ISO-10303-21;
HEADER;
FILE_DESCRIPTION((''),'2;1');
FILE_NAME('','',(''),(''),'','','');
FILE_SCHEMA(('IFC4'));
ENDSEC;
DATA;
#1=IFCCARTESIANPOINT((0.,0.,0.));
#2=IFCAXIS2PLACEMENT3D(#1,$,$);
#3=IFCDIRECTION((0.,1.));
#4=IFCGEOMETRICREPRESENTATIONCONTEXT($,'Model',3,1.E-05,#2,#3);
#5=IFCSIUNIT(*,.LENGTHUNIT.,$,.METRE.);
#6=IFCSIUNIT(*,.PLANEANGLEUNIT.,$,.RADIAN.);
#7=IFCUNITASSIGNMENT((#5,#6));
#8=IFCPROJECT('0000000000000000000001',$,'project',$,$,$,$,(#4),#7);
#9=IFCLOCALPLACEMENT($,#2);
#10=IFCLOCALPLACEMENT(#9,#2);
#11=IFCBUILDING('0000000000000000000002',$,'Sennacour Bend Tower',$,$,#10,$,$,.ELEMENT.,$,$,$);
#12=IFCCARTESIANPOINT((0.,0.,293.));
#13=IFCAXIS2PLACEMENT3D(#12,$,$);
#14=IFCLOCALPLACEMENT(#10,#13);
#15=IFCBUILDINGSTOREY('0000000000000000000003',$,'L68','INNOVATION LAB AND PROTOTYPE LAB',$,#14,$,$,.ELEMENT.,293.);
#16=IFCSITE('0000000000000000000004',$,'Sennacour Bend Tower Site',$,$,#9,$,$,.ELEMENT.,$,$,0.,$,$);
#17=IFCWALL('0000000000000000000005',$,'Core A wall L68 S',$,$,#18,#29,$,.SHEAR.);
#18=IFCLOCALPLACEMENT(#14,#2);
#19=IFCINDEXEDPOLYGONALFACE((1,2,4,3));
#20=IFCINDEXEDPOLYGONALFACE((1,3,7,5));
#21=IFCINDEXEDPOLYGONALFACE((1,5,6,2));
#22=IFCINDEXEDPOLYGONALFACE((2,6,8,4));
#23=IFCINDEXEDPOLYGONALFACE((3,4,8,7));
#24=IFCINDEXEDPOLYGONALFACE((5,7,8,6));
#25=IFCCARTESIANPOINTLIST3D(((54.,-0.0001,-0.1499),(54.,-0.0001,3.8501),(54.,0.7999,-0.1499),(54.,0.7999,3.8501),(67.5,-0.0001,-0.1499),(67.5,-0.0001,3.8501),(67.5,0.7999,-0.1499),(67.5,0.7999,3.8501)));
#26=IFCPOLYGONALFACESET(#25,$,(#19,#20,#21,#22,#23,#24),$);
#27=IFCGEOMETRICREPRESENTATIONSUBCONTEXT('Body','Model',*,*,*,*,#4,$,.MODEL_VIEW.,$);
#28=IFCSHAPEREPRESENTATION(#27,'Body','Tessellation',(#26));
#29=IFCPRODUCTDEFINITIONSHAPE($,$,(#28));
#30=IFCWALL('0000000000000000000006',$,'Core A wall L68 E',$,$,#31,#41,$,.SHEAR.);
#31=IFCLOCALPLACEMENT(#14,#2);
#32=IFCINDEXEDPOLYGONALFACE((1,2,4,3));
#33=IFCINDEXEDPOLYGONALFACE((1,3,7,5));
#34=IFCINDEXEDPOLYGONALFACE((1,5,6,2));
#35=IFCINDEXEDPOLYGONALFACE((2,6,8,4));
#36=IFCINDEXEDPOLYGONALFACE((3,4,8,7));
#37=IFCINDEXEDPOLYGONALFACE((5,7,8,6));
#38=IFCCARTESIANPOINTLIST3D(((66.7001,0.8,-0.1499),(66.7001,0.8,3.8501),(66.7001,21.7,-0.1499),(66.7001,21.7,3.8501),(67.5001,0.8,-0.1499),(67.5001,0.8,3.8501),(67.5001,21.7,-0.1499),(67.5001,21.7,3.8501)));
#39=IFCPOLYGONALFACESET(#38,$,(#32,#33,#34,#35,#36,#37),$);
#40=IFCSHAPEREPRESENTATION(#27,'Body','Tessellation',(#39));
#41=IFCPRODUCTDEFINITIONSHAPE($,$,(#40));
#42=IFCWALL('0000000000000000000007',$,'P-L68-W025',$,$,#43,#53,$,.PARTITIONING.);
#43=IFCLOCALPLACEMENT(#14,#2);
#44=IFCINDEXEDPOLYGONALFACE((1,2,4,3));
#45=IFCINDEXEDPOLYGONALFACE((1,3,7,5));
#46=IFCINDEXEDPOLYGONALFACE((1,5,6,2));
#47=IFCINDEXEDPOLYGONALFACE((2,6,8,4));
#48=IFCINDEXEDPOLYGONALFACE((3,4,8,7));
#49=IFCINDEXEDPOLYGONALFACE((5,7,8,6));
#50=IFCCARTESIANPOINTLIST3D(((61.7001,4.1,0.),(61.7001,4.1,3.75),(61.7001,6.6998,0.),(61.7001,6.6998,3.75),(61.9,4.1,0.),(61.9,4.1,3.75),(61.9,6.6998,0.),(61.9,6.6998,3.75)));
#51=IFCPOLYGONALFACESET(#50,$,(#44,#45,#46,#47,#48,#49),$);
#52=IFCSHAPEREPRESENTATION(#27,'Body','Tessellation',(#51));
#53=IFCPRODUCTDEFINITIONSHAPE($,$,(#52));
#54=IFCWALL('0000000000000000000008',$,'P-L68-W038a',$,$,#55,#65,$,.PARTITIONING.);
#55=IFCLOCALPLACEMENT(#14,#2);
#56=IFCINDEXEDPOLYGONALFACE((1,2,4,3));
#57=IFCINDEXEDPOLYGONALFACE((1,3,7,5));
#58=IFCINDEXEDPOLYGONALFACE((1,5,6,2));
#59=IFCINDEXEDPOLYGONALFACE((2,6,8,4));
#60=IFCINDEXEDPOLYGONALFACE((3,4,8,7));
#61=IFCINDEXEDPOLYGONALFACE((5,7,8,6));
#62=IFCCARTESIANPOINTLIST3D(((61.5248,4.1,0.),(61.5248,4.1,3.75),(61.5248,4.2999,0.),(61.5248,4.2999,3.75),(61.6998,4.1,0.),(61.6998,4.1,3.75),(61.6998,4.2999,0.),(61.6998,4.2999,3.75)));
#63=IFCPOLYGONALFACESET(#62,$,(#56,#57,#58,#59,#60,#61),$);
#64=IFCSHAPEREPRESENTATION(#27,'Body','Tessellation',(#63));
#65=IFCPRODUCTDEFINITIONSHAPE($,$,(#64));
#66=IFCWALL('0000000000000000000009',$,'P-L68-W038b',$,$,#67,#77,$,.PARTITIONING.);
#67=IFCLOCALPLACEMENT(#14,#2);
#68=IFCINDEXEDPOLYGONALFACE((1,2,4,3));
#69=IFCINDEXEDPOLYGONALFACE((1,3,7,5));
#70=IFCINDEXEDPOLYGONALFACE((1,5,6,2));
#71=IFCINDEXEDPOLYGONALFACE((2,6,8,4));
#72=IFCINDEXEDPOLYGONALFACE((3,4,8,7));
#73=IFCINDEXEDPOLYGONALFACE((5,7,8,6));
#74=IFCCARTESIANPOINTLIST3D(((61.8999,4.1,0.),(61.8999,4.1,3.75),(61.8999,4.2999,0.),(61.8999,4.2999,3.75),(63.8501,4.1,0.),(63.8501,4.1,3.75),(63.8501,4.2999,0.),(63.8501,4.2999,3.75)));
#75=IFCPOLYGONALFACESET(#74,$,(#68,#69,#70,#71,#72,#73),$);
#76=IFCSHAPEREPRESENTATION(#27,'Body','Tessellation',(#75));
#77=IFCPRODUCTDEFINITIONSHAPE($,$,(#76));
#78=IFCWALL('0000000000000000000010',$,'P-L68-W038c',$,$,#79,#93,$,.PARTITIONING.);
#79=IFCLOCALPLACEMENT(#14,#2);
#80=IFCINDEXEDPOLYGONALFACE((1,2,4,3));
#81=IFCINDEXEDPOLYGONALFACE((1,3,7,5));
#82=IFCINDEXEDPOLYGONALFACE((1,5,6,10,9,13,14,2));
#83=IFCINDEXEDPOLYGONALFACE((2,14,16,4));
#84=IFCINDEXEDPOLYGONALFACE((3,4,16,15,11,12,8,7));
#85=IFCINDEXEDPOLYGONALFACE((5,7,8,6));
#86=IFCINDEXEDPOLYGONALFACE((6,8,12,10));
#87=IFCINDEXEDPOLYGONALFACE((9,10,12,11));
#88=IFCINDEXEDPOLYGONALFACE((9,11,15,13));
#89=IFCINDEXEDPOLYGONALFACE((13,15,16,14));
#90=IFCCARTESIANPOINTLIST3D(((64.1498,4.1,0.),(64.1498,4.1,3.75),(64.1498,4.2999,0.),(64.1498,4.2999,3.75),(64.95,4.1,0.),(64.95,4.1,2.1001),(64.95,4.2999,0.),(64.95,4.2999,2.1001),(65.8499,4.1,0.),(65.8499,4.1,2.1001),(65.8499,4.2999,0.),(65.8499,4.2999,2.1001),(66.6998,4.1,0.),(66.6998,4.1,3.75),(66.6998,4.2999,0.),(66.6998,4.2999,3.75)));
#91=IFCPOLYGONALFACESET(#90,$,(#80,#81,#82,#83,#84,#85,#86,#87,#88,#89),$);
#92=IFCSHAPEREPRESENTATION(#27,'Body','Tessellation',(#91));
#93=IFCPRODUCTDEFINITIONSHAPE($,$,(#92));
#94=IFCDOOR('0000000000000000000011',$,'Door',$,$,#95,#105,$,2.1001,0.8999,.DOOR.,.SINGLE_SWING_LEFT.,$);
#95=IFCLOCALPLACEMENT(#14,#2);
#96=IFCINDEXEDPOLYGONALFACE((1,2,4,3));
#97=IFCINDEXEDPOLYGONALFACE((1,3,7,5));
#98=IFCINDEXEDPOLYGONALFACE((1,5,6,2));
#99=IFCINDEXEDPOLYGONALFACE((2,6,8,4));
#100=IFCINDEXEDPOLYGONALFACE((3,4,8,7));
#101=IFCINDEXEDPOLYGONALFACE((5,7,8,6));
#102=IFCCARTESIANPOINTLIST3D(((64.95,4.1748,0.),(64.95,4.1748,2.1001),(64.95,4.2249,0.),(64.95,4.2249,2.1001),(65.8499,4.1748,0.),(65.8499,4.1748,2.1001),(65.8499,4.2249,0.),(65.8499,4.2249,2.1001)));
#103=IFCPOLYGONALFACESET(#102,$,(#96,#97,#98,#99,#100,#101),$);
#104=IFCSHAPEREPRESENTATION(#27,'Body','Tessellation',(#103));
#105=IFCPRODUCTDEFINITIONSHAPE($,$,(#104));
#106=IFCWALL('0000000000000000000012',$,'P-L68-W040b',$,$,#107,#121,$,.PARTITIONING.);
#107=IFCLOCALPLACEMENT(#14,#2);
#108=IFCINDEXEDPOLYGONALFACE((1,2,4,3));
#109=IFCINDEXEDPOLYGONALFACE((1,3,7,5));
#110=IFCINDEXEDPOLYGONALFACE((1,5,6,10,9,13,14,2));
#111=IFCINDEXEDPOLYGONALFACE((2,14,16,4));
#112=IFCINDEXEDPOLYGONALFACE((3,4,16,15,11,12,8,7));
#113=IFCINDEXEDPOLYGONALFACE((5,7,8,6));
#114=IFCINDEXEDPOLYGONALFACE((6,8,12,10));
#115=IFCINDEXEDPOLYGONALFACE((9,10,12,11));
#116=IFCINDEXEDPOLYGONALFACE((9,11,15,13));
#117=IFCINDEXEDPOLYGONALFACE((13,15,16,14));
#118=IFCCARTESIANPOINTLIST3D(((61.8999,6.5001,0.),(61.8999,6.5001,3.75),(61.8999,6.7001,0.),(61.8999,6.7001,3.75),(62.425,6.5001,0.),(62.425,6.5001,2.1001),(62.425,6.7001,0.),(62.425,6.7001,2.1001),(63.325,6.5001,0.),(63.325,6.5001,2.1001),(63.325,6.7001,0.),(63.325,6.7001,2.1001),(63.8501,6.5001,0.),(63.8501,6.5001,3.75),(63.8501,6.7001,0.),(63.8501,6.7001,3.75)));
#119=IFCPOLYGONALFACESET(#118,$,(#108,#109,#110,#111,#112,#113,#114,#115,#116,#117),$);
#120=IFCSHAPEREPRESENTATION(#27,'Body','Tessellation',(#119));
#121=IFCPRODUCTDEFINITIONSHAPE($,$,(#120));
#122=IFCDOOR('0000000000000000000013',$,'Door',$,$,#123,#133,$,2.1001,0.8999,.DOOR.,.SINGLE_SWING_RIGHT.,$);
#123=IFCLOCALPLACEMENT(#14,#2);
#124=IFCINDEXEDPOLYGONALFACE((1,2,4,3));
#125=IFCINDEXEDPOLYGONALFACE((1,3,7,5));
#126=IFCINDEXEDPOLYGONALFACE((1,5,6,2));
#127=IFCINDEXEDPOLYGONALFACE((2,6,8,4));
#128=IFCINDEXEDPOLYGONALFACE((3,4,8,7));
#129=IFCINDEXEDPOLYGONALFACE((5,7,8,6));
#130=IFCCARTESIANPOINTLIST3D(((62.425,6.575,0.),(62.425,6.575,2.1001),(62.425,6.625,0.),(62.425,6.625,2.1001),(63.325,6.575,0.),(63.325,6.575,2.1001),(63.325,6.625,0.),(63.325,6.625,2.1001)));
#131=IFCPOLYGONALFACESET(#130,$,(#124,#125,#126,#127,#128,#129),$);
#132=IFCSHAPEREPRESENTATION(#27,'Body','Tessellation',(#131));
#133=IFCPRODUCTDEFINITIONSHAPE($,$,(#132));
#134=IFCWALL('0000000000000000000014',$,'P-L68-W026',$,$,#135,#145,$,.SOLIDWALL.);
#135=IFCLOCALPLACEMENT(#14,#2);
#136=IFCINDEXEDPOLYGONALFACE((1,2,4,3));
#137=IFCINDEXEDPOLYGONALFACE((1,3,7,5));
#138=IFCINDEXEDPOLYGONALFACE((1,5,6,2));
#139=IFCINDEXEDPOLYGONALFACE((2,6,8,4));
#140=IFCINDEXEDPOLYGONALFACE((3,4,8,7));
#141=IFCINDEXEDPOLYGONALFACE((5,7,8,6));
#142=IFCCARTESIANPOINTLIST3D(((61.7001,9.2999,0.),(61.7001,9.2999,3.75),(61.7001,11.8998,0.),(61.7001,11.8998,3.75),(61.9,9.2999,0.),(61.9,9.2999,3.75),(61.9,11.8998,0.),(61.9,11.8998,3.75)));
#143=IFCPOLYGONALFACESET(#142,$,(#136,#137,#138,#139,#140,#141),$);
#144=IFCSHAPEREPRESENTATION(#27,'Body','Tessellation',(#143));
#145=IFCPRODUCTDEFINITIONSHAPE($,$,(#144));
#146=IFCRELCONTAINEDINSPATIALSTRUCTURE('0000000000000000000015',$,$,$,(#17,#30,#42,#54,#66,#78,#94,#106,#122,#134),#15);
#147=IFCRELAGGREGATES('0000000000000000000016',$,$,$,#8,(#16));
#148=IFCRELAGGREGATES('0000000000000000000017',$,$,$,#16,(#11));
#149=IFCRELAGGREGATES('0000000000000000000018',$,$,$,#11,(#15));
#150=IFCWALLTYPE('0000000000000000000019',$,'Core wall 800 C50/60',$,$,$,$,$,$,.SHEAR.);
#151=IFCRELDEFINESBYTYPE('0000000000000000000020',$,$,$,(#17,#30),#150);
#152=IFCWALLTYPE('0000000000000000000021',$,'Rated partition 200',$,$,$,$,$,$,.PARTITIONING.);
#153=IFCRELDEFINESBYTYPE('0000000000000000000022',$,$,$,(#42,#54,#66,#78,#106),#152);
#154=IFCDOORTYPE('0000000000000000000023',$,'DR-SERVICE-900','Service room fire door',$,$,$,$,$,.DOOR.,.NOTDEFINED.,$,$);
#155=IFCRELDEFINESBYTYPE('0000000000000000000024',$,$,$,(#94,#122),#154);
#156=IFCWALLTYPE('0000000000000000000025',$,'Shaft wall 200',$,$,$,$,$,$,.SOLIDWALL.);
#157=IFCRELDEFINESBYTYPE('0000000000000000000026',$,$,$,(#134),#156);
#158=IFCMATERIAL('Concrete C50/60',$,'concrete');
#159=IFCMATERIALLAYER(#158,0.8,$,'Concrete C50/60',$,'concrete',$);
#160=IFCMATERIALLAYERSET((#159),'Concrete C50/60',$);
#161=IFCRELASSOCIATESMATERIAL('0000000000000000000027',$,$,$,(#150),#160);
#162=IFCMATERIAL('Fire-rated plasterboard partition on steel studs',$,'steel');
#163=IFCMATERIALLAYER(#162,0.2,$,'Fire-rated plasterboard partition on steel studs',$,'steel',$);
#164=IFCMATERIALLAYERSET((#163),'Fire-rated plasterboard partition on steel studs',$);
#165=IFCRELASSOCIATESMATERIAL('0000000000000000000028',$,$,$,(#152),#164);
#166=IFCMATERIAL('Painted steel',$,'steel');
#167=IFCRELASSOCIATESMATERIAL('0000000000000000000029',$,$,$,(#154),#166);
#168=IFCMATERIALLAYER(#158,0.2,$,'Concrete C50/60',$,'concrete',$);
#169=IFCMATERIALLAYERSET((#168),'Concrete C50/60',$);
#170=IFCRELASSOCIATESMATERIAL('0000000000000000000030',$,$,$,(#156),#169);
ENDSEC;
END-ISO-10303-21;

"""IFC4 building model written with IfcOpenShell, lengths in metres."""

from ifc_helpers import new_model, si_unit, direction, frame, frame_2d, origin, place, context, subcontext, project, spatial, rectangle, extrude, material, layer, layer_set, type_object, element, fill, save


model = new_model("IFC4")

# Units and contexts
model_context = context("Model", 3, precision=1e-05, world=origin(), true_north=direction((0.0, 1.0)))
body_context = subcontext(model_context, "Body", "Model", "MODEL_VIEW")
ifc_project = project(units=[si_unit("LENGTHUNIT", "METRE"), si_unit("PLANEANGLEUNIT", "RADIAN")], contexts=[model_context])

# Site, building, storey
site_placement = place(None, origin())
site = spatial("IfcSite", under=ifc_project, at=site_placement, Name="Sennacour Bend Tower Site", CompositionType="ELEMENT", RefElevation=0.0)
building_placement = place(site_placement, origin())
building = spatial("IfcBuilding", under=site, at=building_placement, Name="Sennacour Bend Tower", CompositionType="ELEMENT")
storey_placement = place(building_placement, frame((0.0, 0.0, 293.0)))
storey = spatial("IfcBuildingStorey", under=building, at=storey_placement, Name="L68", Description="INNOVATION LAB AND PROTOTYPE LAB", CompositionType="ELEMENT", Elevation=293.0)

# Walls
ifc_material_1 = material(Name="Concrete C50/60", Category="concrete")
ifc_layer_1 = layer(ifc_material_1, 0.8, Name="Concrete C50/60", Category="concrete")
ifc_layer_set_1 = layer_set([ifc_layer_1], Name="Concrete C50/60")
wall_type_1 = type_object("IfcWallType", Name="Core wall 800 C50/60", PredefinedType="SHEAR", material=ifc_layer_set_1)
wall_1_placement = place(storey_placement, frame((67.5, 0.3999, -0.1499), z_axis=(0.0, 0.0, 1.0), x_axis=(-1.0, 0.0, 0.0)))
element("IfcWall", 1, at=wall_1_placement, inside=storey, type_object=wall_type_1, Name="Core A wall L68 S", PredefinedType="SHEAR", context=body_context, shape_type="SweptSolid", body=[
    extrude(rectangle(XDim=13.5, YDim=0.8, at=frame_2d((6.75, 0.0))), origin(), (0.0, 0.0, 1.0), 4.0),
])
wall_2_placement = place(storey_placement, frame((67.1001, 0.8, -0.1499), z_axis=(0.0, 0.0, 1.0), x_axis=(0.0, 1.0, 0.0)))
element("IfcWall", 2, at=wall_2_placement, inside=storey, type_object=wall_type_1, Name="Core A wall L68 E", PredefinedType="SHEAR", context=body_context, shape_type="SweptSolid", body=[
    extrude(rectangle(XDim=20.8999, YDim=0.8, at=frame_2d((10.45, 0.0))), origin(), (0.0, 0.0, 1.0), 4.0),
])
ifc_material_2 = material(Name="Fire-rated plasterboard partition on steel studs", Category="steel")
ifc_layer_2 = layer(ifc_material_2, 0.2, Name="Fire-rated plasterboard partition on steel studs", Category="steel")
ifc_layer_set_2 = layer_set([ifc_layer_2], Name="Fire-rated plasterboard partition on steel studs")
wall_type_2 = type_object("IfcWallType", Name="Rated partition 200", PredefinedType="PARTITIONING", material=ifc_layer_set_2)
wall_3_placement = place(storey_placement, frame((61.8, 4.1001, 0.0), z_axis=(0.0, 0.0, 1.0), x_axis=(0.0, 1.0, 0.0)))
element("IfcWall", 3, at=wall_3_placement, inside=storey, type_object=wall_type_2, Name="P-L68-W025", PredefinedType="PARTITIONING", context=body_context, shape_type="SweptSolid", body=[
    extrude(rectangle(XDim=2.5999, YDim=0.2, at=frame_2d((1.2998, 0.0))), origin(), (0.0, 0.0, 1.0), 3.75),
])
wall_4_placement = place(storey_placement, frame((61.5249, 4.2, 0.0), z_axis=(0.0, 0.0, 1.0), x_axis=(1.0, 0.0, 0.0)))
element("IfcWall", 4, at=wall_4_placement, inside=storey, type_object=wall_type_2, Name="P-L68-W038a", PredefinedType="PARTITIONING", context=body_context, shape_type="SweptSolid", body=[
    extrude(rectangle(XDim=0.175, YDim=0.2, at=frame_2d((0.0874, 0.0))), origin(), (0.0, 0.0, 1.0), 3.75),
])
wall_5_placement = place(storey_placement, frame((61.8999, 4.2, 0.0), z_axis=(0.0, 0.0, 1.0), x_axis=(1.0, 0.0, 0.0)))
element("IfcWall", 5, at=wall_5_placement, inside=storey, type_object=wall_type_2, Name="P-L68-W038b", PredefinedType="PARTITIONING", context=body_context, shape_type="SweptSolid", body=[
    extrude(rectangle(XDim=1.9502, YDim=0.2, at=frame_2d((0.9751, 0.0))), origin(), (0.0, 0.0, 1.0), 3.75),
])

# Walls, openings, doors
wall_6_placement = place(storey_placement, frame((64.1499, 4.2, 0.0), z_axis=(0.0, 0.0, 1.0), x_axis=(1.0, 0.0, 0.0)))
wall_6 = element("IfcWall", 6, at=wall_6_placement, inside=storey, type_object=wall_type_2, Name="P-L68-W038c", PredefinedType="PARTITIONING", context=body_context, shape_type="SweptSolid", body=[
    extrude(rectangle(XDim=2.55, YDim=0.2, at=frame_2d((1.2749, 0.0))), origin(), (0.0, 0.0, 1.0), 3.75),
])
opening_1_placement = place(wall_6_placement, frame((0.8, 0.0, 0.0)))
opening_1 = element("IfcOpeningElement", 7, at=opening_1_placement, cuts=wall_6, PredefinedType="OPENING", context=body_context, shape_type="SweptSolid", body=[
    extrude(rectangle(XDim=0.8999, YDim=2.1001, at=frame_2d((0.45, 1.05))), frame((0.0, 0.1099, 0.0), z_axis=(0.0, -1.0, 0.0), x_axis=(1.0, 0.0, 0.0)), (0.0, 0.0, 1.0), 0.22),
])
ifc_material_3 = material(Name="Painted steel", Category="steel")
door_type_1 = type_object("IfcDoorType", Name="DR-SERVICE-900", Description="Service room fire door", OperationType="NOTDEFINED", PredefinedType="DOOR", material=ifc_material_3)
door_1_placement = place(opening_1_placement, origin())
door_1 = element("IfcDoor", 8, at=door_1_placement, inside=storey, type_object=door_type_1, Name="Door", OperationType="SINGLE_SWING_LEFT", OverallHeight=2.1001, OverallWidth=0.8999, PredefinedType="DOOR", context=body_context, shape_type="SweptSolid", body=[
    extrude(rectangle(XDim=0.8999, YDim=2.1001, at=frame_2d((0.45, 1.05))), frame((0.0, 0.0249, 0.0), z_axis=(0.0, -1.0, 0.0), x_axis=(1.0, 0.0, 0.0)), (0.0, 0.0, 1.0), 0.05),
])
fill(opening_1, door_1)
wall_7_placement = place(storey_placement, frame((61.8999, 6.6001, 0.0), z_axis=(0.0, 0.0, 1.0), x_axis=(1.0, 0.0, 0.0)))
wall_7 = element("IfcWall", 9, at=wall_7_placement, inside=storey, type_object=wall_type_2, Name="P-L68-W040b", PredefinedType="PARTITIONING", context=body_context, shape_type="SweptSolid", body=[
    extrude(rectangle(XDim=1.9502, YDim=0.2, at=frame_2d((0.9751, 0.0))), origin(), (0.0, 0.0, 1.0), 3.75),
])
opening_2_placement = place(wall_7_placement, frame((0.5251, 0.0, 0.0)))
opening_2 = element("IfcOpeningElement", 10, at=opening_2_placement, cuts=wall_7, PredefinedType="OPENING", context=body_context, shape_type="SweptSolid", body=[
    extrude(rectangle(XDim=0.8999, YDim=2.1001, at=frame_2d((0.45, 1.05))), frame((0.0, 0.1099, 0.0), z_axis=(0.0, -1.0, 0.0), x_axis=(1.0, 0.0, 0.0)), (0.0, 0.0, 1.0), 0.22),
])
door_2_placement = place(opening_2_placement, origin())
door_2 = element("IfcDoor", 11, at=door_2_placement, inside=storey, type_object=door_type_1, Name="Door", OperationType="SINGLE_SWING_RIGHT", OverallHeight=2.1001, OverallWidth=0.8999, PredefinedType="DOOR", context=body_context, shape_type="SweptSolid", body=[
    extrude(rectangle(XDim=0.8999, YDim=2.1001, at=frame_2d((0.45, 1.05))), frame((0.0, 0.0249, 0.0), z_axis=(0.0, -1.0, 0.0), x_axis=(1.0, 0.0, 0.0)), (0.0, 0.0, 1.0), 0.05),
])
fill(opening_2, door_2)

# Wall
ifc_layer_3 = layer(ifc_material_1, 0.2, Name="Concrete C50/60", Category="concrete")
ifc_layer_set_3 = layer_set([ifc_layer_3], Name="Concrete C50/60")
wall_type_3 = type_object("IfcWallType", Name="Shaft wall 200", PredefinedType="SOLIDWALL", material=ifc_layer_set_3)
wall_8_placement = place(storey_placement, frame((61.8, 9.3, 0.0), z_axis=(0.0, 0.0, 1.0), x_axis=(0.0, 1.0, 0.0)))
element("IfcWall", 12, at=wall_8_placement, inside=storey, type_object=wall_type_3, Name="P-L68-W026", PredefinedType="SOLIDWALL", context=body_context, shape_type="SweptSolid", body=[
    extrude(rectangle(XDim=2.5999, YDim=0.2, at=frame_2d((1.2998, 0.0))), origin(), (0.0, 0.0, 1.0), 3.75),
])

save(model, "model.ifc")
